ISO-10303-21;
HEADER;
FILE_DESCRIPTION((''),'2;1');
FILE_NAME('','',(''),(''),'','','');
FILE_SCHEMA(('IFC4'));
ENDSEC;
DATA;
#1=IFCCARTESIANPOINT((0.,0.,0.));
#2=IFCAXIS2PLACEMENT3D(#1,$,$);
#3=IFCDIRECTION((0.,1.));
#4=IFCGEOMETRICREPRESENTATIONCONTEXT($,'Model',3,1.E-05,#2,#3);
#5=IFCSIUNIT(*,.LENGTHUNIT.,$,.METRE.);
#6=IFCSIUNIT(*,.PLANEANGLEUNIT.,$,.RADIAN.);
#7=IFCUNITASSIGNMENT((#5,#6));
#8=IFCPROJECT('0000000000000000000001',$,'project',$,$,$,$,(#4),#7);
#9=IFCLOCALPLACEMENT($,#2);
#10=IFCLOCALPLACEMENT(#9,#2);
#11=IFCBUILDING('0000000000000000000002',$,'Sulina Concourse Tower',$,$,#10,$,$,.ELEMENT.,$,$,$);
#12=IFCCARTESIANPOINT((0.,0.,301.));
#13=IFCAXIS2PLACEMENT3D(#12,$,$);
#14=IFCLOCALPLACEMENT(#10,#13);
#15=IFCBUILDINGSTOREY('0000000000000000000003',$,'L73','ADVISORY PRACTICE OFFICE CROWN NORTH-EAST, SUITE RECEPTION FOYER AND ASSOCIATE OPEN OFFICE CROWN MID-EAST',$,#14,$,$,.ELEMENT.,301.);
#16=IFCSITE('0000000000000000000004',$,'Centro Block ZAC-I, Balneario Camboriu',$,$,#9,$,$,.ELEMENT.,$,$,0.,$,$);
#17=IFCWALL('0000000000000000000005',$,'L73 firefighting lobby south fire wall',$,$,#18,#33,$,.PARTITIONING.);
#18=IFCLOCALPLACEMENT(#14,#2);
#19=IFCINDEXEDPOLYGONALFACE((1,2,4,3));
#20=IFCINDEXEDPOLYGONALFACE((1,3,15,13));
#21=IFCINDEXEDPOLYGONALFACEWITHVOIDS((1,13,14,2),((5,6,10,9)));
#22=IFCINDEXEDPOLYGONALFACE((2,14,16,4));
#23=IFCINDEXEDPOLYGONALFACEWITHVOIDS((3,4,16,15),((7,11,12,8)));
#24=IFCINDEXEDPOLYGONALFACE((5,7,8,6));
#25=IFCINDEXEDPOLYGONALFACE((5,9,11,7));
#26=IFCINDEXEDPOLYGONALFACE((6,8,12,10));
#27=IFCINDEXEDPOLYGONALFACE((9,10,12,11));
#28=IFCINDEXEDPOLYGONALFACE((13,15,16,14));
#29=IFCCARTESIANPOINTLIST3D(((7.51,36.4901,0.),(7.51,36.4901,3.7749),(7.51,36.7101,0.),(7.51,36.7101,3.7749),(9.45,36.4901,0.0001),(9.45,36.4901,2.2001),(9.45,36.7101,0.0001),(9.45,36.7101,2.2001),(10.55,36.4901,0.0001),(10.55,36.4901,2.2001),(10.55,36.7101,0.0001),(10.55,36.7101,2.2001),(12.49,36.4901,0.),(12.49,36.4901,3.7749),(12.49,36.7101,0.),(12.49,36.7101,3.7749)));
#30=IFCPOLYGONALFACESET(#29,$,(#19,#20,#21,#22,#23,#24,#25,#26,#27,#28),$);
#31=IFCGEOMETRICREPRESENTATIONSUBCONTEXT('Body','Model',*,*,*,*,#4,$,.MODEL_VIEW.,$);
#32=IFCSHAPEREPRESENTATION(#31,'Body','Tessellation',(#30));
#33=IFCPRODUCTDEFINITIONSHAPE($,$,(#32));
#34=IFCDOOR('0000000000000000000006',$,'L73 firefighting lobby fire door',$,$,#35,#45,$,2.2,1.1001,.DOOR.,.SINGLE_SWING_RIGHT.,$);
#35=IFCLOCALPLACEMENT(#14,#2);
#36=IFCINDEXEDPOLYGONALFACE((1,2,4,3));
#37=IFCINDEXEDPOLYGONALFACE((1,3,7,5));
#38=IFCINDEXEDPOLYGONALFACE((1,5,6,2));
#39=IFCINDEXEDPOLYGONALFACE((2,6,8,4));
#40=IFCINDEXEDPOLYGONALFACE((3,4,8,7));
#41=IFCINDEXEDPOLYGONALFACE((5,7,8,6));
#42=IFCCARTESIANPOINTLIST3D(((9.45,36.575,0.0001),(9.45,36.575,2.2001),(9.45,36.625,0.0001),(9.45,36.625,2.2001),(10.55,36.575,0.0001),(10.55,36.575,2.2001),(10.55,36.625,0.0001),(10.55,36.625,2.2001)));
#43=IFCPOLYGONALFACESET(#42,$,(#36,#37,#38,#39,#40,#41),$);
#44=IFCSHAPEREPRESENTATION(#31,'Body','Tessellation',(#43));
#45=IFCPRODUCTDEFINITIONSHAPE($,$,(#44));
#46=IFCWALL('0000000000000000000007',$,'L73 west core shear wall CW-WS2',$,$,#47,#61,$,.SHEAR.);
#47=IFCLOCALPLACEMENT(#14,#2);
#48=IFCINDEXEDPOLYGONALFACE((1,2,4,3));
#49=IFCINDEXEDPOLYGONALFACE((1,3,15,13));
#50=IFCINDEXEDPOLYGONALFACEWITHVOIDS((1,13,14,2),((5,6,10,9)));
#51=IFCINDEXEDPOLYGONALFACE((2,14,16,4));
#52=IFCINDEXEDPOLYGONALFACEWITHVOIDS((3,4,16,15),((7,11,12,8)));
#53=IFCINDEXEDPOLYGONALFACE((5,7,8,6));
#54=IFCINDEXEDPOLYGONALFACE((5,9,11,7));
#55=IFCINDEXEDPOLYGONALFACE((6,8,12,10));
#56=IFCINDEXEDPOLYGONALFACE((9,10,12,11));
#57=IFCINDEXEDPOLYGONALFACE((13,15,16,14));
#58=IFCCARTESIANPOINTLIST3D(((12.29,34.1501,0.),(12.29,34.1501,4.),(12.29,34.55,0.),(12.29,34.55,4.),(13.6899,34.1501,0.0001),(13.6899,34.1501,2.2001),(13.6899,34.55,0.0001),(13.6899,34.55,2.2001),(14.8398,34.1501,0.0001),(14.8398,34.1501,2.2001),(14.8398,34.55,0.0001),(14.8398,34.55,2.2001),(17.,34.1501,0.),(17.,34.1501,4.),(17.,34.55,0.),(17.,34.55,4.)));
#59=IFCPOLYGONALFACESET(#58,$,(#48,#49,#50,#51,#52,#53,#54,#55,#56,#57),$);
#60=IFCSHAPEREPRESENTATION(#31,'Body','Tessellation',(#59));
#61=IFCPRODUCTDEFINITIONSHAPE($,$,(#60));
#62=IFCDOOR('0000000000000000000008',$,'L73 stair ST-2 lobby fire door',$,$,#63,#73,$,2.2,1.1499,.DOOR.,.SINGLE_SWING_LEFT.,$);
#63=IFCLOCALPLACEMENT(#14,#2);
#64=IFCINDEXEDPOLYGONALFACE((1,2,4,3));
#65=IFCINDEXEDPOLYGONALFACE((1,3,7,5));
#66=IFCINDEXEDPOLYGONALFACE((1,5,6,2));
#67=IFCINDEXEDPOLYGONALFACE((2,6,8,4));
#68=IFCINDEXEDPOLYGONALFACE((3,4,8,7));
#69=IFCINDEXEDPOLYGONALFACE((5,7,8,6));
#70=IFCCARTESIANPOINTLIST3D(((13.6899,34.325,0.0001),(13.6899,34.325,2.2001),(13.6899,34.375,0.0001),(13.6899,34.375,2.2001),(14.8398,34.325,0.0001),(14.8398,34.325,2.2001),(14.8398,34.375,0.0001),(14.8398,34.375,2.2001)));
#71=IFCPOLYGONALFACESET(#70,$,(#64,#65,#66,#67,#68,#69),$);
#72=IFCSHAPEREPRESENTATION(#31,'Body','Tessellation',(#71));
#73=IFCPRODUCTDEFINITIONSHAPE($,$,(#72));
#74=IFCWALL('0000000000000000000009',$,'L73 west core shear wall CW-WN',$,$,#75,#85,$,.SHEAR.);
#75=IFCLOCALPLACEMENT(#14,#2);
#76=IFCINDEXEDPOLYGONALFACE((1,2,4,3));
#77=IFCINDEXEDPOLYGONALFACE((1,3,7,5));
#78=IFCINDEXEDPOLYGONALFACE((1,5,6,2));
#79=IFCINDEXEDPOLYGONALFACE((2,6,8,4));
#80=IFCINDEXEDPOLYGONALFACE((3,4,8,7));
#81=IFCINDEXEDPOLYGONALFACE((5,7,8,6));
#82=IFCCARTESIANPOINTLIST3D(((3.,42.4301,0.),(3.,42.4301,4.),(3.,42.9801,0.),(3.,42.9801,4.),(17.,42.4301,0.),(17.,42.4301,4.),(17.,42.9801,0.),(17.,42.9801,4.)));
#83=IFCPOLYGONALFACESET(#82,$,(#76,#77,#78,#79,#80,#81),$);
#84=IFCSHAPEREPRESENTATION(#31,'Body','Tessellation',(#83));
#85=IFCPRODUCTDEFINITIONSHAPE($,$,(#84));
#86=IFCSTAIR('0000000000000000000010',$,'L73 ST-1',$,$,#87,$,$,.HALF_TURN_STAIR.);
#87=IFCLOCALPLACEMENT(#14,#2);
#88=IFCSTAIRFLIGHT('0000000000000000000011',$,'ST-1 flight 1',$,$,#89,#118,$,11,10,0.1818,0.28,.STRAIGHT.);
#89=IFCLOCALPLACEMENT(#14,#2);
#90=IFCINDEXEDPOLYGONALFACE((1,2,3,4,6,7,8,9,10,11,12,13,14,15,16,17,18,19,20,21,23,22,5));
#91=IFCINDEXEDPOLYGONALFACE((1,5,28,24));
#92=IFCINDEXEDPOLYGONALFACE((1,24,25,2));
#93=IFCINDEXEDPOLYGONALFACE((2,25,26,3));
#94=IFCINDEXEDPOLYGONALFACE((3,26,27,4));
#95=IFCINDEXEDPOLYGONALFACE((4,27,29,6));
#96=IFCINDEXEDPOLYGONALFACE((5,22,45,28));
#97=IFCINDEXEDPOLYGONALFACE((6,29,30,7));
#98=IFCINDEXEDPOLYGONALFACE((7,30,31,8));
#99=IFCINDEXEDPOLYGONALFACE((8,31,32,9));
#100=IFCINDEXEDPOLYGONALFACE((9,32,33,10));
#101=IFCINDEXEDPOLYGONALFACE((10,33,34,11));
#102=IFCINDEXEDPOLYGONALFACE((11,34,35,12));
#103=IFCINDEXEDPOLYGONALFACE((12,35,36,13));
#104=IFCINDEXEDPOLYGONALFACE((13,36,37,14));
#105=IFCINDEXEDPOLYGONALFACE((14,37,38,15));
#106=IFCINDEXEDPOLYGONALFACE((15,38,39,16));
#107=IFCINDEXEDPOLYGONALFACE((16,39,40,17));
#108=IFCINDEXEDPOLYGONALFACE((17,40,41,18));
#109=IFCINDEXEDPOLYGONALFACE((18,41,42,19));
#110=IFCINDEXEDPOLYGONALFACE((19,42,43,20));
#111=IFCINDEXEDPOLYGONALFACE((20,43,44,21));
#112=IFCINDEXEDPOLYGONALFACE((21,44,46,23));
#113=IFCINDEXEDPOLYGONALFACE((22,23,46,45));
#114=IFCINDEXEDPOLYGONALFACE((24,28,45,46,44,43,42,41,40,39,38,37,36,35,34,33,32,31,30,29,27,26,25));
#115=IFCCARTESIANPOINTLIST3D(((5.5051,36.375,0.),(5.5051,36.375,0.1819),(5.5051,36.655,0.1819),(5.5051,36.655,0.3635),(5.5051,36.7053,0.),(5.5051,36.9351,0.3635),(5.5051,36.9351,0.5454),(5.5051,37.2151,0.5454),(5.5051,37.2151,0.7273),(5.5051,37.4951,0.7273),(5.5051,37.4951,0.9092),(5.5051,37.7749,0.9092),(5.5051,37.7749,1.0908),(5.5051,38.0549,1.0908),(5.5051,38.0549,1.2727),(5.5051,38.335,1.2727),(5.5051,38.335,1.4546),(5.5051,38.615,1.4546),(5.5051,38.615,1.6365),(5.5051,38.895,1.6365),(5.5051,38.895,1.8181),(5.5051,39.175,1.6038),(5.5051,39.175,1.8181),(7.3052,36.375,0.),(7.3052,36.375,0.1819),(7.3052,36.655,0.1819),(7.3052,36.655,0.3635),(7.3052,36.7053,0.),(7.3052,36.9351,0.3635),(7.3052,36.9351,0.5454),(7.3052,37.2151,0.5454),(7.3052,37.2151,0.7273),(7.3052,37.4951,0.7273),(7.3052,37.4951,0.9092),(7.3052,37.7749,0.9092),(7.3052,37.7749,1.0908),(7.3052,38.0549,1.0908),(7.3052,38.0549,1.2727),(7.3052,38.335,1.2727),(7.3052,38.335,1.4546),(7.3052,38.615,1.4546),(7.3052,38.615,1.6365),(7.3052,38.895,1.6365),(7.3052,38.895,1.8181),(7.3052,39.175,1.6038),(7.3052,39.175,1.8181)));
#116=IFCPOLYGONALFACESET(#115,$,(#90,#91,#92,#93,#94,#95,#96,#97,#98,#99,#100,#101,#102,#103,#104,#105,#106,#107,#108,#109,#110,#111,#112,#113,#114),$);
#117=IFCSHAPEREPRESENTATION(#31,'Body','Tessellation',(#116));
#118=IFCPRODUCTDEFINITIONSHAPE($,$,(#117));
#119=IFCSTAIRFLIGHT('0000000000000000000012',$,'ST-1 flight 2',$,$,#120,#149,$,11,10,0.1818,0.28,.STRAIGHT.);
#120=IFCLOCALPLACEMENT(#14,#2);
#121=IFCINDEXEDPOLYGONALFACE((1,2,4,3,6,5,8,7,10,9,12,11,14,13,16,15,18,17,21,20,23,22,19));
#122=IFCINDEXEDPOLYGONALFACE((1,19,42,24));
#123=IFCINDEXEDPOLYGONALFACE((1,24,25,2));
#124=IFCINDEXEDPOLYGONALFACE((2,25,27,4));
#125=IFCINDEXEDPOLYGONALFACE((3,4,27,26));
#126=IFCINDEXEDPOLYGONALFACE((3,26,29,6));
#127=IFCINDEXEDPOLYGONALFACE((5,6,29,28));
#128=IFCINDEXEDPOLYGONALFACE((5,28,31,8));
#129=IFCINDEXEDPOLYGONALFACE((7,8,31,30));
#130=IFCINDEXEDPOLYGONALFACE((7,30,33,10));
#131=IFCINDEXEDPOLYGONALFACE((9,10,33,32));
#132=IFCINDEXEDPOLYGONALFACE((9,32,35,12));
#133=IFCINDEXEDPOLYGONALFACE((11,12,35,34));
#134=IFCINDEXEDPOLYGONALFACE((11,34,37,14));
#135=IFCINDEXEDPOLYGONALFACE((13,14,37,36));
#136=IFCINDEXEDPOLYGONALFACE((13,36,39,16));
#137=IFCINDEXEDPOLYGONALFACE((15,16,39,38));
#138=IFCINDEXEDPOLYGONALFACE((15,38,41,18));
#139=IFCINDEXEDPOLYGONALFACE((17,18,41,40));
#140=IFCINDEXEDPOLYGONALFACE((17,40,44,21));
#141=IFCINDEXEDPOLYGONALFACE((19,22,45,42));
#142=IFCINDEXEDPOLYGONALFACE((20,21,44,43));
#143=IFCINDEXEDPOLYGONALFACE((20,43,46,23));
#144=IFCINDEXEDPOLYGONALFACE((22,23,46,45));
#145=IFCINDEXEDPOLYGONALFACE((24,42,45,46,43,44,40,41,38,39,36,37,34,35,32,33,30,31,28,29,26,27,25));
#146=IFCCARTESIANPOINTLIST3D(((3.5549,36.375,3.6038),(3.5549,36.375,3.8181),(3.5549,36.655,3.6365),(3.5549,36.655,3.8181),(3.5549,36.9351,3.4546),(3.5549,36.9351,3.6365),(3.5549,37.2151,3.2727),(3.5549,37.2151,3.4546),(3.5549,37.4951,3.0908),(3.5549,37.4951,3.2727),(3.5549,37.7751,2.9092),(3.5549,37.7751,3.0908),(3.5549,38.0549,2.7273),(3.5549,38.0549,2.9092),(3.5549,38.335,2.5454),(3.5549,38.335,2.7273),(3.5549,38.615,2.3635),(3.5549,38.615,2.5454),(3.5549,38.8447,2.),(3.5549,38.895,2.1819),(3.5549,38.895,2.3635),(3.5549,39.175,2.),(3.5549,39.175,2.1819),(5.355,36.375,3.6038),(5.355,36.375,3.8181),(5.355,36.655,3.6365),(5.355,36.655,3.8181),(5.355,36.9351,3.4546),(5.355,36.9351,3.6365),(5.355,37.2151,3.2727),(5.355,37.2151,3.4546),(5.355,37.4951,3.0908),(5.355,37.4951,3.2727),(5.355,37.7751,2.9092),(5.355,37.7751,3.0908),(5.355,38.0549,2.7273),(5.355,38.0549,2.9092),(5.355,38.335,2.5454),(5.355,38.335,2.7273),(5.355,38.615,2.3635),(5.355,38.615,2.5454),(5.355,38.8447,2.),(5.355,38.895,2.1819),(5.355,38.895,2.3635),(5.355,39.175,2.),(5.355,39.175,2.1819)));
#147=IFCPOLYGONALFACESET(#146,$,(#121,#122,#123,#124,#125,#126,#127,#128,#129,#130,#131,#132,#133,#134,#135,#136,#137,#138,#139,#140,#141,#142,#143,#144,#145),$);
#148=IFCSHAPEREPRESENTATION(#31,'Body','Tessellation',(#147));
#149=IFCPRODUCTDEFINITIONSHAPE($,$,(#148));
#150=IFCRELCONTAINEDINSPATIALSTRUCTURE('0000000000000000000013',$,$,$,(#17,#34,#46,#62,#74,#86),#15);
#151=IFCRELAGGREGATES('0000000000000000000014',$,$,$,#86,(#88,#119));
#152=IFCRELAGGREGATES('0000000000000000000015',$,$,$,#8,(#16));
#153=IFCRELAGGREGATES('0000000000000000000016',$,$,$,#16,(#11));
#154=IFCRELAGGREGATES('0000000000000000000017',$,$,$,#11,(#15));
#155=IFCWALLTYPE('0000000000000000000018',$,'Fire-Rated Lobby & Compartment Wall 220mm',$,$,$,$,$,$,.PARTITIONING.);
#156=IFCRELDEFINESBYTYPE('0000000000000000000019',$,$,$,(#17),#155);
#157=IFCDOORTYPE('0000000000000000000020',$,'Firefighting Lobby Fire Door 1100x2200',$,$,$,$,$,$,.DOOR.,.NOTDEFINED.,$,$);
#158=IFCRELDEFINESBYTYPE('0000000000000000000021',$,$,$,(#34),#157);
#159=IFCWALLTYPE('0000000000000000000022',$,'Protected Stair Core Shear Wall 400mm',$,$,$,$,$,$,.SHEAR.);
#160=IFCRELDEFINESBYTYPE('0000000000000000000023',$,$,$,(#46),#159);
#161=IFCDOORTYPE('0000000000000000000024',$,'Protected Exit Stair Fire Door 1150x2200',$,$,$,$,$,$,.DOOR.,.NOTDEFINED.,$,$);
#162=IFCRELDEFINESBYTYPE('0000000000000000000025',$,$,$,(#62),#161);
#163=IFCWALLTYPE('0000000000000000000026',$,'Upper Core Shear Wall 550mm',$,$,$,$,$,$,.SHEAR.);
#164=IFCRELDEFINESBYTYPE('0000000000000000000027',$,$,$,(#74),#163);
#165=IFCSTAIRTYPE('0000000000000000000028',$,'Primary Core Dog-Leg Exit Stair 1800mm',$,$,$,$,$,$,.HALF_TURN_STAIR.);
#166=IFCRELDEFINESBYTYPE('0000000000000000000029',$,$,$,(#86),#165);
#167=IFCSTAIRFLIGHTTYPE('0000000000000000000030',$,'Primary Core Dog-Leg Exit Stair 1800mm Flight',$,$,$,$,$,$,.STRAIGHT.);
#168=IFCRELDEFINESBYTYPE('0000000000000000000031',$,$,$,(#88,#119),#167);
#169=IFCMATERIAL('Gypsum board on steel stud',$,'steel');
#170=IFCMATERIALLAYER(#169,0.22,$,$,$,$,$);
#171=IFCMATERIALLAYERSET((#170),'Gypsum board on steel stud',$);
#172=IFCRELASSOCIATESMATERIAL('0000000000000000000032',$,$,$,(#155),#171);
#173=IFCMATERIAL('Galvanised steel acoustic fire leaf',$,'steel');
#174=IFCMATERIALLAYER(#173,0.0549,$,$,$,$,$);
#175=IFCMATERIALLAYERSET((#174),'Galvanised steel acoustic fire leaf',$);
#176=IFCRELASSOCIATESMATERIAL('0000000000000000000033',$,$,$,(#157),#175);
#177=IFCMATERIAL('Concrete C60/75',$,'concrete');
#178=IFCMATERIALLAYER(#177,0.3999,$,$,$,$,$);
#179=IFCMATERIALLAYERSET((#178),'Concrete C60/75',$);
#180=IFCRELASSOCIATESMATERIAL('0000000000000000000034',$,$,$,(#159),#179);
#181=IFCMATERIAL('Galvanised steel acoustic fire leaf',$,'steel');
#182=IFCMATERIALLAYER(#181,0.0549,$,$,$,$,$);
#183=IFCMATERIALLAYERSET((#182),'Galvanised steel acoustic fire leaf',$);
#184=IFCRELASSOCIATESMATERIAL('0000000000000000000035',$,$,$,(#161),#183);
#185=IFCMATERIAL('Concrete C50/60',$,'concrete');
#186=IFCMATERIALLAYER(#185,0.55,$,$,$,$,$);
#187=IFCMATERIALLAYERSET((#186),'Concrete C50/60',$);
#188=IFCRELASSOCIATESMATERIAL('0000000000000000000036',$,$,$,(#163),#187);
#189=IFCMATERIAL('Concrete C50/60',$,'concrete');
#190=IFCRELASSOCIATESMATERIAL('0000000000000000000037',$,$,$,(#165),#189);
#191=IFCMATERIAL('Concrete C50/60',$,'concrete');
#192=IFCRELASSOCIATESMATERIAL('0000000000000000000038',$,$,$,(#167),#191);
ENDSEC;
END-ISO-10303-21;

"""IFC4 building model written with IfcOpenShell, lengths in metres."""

from ifc_helpers import new_model, si_unit, direction, frame, frame_2d, origin, place, context, subcontext, project, spatial, polyline, rectangle, outline, extrude, material, layer, layer_set, type_object, element, fill, aggregate, save


model = new_model("IFC4")

# Units and contexts
model_context = context("Model", 3, precision=1e-05, world=origin(), true_north=direction((0.0, 1.0)))
body_context = subcontext(model_context, "Body", "Model", "MODEL_VIEW")
ifc_project = project(units=[si_unit("LENGTHUNIT", "METRE"), si_unit("PLANEANGLEUNIT", "RADIAN")], contexts=[model_context])

# Site, building, storey
site_placement = place(None, origin())
site = spatial("IfcSite", under=ifc_project, at=site_placement, Name="Centro Block ZAC-I, Balneario Camboriu", CompositionType="ELEMENT", RefElevation=0.0)
building_placement = place(site_placement, origin())
building = spatial("IfcBuilding", under=site, at=building_placement, Name="Sulina Concourse Tower", CompositionType="ELEMENT")
storey_placement = place(building_placement, frame((0.0, 0.0, 301.0)))
storey = spatial("IfcBuildingStorey", under=building, at=storey_placement, Name="L73", Description="ADVISORY PRACTICE OFFICE CROWN NORTH-EAST, SUITE RECEPTION FOYER AND ASSOCIATE OPEN OFFICE CROWN MID-EAST", CompositionType="ELEMENT", Elevation=301.0)

# Walls, openings, doors
ifc_material_1 = material(Name="Gypsum board on steel stud", Category="steel")
ifc_layer_1 = layer(ifc_material_1, 0.22)
ifc_layer_set_1 = layer_set([ifc_layer_1], Name="Gypsum board on steel stud")
wall_type_1 = type_object("IfcWallType", Name="Fire-Rated Lobby & Compartment Wall 220mm", PredefinedType="PARTITIONING", material=ifc_layer_set_1)
wall_1_placement = place(storey_placement, frame((7.51, 36.6001, 0.0), z_axis=(0.0, 0.0, 1.0), x_axis=(1.0, 0.0, 0.0)))
wall_1 = element("IfcWall", 1, at=wall_1_placement, inside=storey, type_object=wall_type_1, Name="L73 firefighting lobby south fire wall", PredefinedType="PARTITIONING", context=body_context, shape_type="SweptSolid", body=[
    extrude(rectangle(XDim=4.98, YDim=0.22, at=frame_2d((2.49, 0.0))), origin(), (0.0, 0.0, 1.0), 3.7749),
])
opening_1_placement = place(wall_1_placement, frame((1.9399, 0.0, 0.0)))
opening_1 = element("IfcOpeningElement", 2, at=opening_1_placement, cuts=wall_1, PredefinedType="OPENING", context=body_context, shape_type="SweptSolid", body=[
    extrude(rectangle(XDim=1.1001, YDim=2.2, at=frame_2d((0.55, 1.1001))), frame((0.0, 0.1199, 0.0), z_axis=(0.0, -1.0, 0.0), x_axis=(1.0, 0.0, 0.0)), (0.0, 0.0, 1.0), 0.24),
])
ifc_material_2 = material(Name="Galvanised steel acoustic fire leaf", Category="steel")
ifc_layer_2 = layer(ifc_material_2, 0.0549)
ifc_layer_set_2 = layer_set([ifc_layer_2], Name="Galvanised steel acoustic fire leaf")
door_type_1 = type_object("IfcDoorType", Name="Firefighting Lobby Fire Door 1100x2200", OperationType="NOTDEFINED", PredefinedType="DOOR", material=ifc_layer_set_2)
door_1_placement = place(opening_1_placement, origin())
door_1 = element("IfcDoor", 3, at=door_1_placement, inside=storey, type_object=door_type_1, Name="L73 firefighting lobby fire door", OperationType="SINGLE_SWING_RIGHT", OverallHeight=2.2, OverallWidth=1.1001, PredefinedType="DOOR", context=body_context, shape_type="SweptSolid", body=[
    extrude(rectangle(XDim=1.1001, YDim=2.2, at=frame_2d((0.55, 1.1001))), frame((0.0, 0.0249, 0.0), z_axis=(0.0, -1.0, 0.0), x_axis=(1.0, 0.0, 0.0)), (0.0, 0.0, 1.0), 0.05),
])
fill(opening_1, door_1)
ifc_material_3 = material(Name="Concrete C60/75", Category="concrete")
ifc_layer_3 = layer(ifc_material_3, 0.3999)
ifc_layer_set_3 = layer_set([ifc_layer_3], Name="Concrete C60/75")
wall_type_2 = type_object("IfcWallType", Name="Protected Stair Core Shear Wall 400mm", PredefinedType="SHEAR", material=ifc_layer_set_3)
wall_2_placement = place(storey_placement, frame((12.29, 34.3501, 0.0), z_axis=(0.0, 0.0, 1.0), x_axis=(1.0, 0.0, 0.0)))
wall_2 = element("IfcWall", 4, at=wall_2_placement, inside=storey, type_object=wall_type_2, Name="L73 west core shear wall CW-WS2", PredefinedType="SHEAR", context=body_context, shape_type="SweptSolid", body=[
    extrude(rectangle(XDim=4.71, YDim=0.3999, at=frame_2d((2.355, 0.0))), origin(), (0.0, 0.0, 1.0), 4.0),
])
opening_2_placement = place(wall_2_placement, frame((1.3999, 0.0, 0.0)))
opening_2 = element("IfcOpeningElement", 5, at=opening_2_placement, cuts=wall_2, PredefinedType="OPENING", context=body_context, shape_type="SweptSolid", body=[
    extrude(rectangle(XDim=1.1499, YDim=2.2, at=frame_2d((0.575, 1.1001))), frame((0.0, 0.21, 0.0), z_axis=(0.0, -1.0, 0.0), x_axis=(1.0, 0.0, 0.0)), (0.0, 0.0, 1.0), 0.4199),
])
ifc_material_4 = material(Name="Galvanised steel acoustic fire leaf", Category="steel")
ifc_layer_4 = layer(ifc_material_4, 0.0549)
ifc_layer_set_4 = layer_set([ifc_layer_4], Name="Galvanised steel acoustic fire leaf")
door_type_2 = type_object("IfcDoorType", Name="Protected Exit Stair Fire Door 1150x2200", OperationType="NOTDEFINED", PredefinedType="DOOR", material=ifc_layer_set_4)
door_2_placement = place(opening_2_placement, origin())
door_2 = element("IfcDoor", 6, at=door_2_placement, inside=storey, type_object=door_type_2, Name="L73 stair ST-2 lobby fire door", OperationType="SINGLE_SWING_LEFT", OverallHeight=2.2, OverallWidth=1.1499, PredefinedType="DOOR", context=body_context, shape_type="SweptSolid", body=[
    extrude(rectangle(XDim=1.1499, YDim=2.2, at=frame_2d((0.575, 1.1001))), frame((0.0, 0.0249, 0.0), z_axis=(0.0, -1.0, 0.0), x_axis=(1.0, 0.0, 0.0)), (0.0, 0.0, 1.0), 0.05),
])
fill(opening_2, door_2)

# Wall
ifc_material_5 = material(Name="Concrete C50/60", Category="concrete")
ifc_layer_5 = layer(ifc_material_5, 0.55)
ifc_layer_set_5 = layer_set([ifc_layer_5], Name="Concrete C50/60")
wall_type_3 = type_object("IfcWallType", Name="Upper Core Shear Wall 550mm", PredefinedType="SHEAR", material=ifc_layer_set_5)
wall_3_placement = place(storey_placement, frame((3.0, 42.7051, 0.0), z_axis=(0.0, 0.0, 1.0), x_axis=(1.0, 0.0, 0.0)))
element("IfcWall", 7, at=wall_3_placement, inside=storey, type_object=wall_type_3, Name="L73 west core shear wall CW-WN", PredefinedType="SHEAR", context=body_context, shape_type="SweptSolid", body=[
    extrude(rectangle(XDim=14.0, YDim=0.55, at=frame_2d((7.0, 0.0))), origin(), (0.0, 0.0, 1.0), 4.0),
])

# Stair, stair flights
ifc_material_6 = material(Name="Concrete C50/60", Category="concrete")
stair_type = type_object("IfcStairType", Name="Primary Core Dog-Leg Exit Stair 1800mm", PredefinedType="HALF_TURN_STAIR", material=ifc_material_6)
stair_placement = place(storey_placement, origin())
stair = element("IfcStair", 8, at=stair_placement, inside=storey, type_object=stair_type, Name="L73 ST-1", PredefinedType="HALF_TURN_STAIR")
ifc_material_7 = material(Name="Concrete C50/60", Category="concrete")
stair_flight_type = type_object("IfcStairFlightType", Name="Primary Core Dog-Leg Exit Stair 1800mm Flight", PredefinedType="STRAIGHT", material=ifc_material_7)
stair_flight_1_placement = place(storey_placement, frame((6.405, 36.375, 0.0), z_axis=(0.0, 0.0, 1.0), x_axis=(0.0, 1.0, 0.0)))
stair_flight_1 = element("IfcStairFlight", 9, at=stair_flight_1_placement, type_object=stair_flight_type, Name="ST-1 flight 1", NumberOfRisers=11, NumberOfTreads=10, PredefinedType="STRAIGHT", RiserHeight=0.1818, TreadLength=0.28, context=body_context, shape_type="SweptSolid", body=[
    extrude(outline(polyline([(0.0, 0.0), (0.0, 0.1819), (0.28, 0.1819), (0.28, 0.3635), (0.5601, 0.3635), (0.5601, 0.5454), (0.8401, 0.5454), (0.8401, 0.7273), (1.1201, 0.7273), (1.1201, 0.9092), (1.3999, 0.9092), (1.3999, 1.0908), (1.6799, 1.0908), (1.6799, 1.2727), (1.96, 1.2727), (1.96, 1.4546), (2.24, 1.4546), (2.24, 1.6365), (2.52, 1.6365), (2.52, 1.8181), (2.8, 1.8181), (2.8, 2.0), (2.8, 1.6038), (0.3303, 0.0), (0.0, 0.0)])), frame((0.0, 0.8999, 0.0), z_axis=(0.0, -1.0, 0.0), x_axis=(1.0, 0.0, 0.0)), (0.0, 0.0, 1.0), 1.8),
])
stair_flight_2_placement = place(storey_placement, frame((4.4551, 39.175, 2.0), z_axis=(0.0, 0.0, 1.0), x_axis=(0.0, -1.0, 0.0)))
stair_flight_2 = element("IfcStairFlight", 10, at=stair_flight_2_placement, type_object=stair_flight_type, Name="ST-1 flight 2", NumberOfRisers=11, NumberOfTreads=10, PredefinedType="STRAIGHT", RiserHeight=0.1818, TreadLength=0.28, context=body_context, shape_type="SweptSolid", body=[
    extrude(outline(polyline([(0.0, 0.0), (0.0, 0.1819), (0.28, 0.1819), (0.28, 0.3635), (0.5601, 0.3635), (0.5601, 0.5454), (0.8401, 0.5454), (0.8401, 0.7273), (1.1201, 0.7273), (1.1201, 0.9092), (1.3999, 0.9092), (1.3999, 1.0908), (1.6799, 1.0908), (1.6799, 1.2727), (1.96, 1.2727), (1.96, 1.4546), (2.24, 1.4546), (2.24, 1.6365), (2.52, 1.6365), (2.52, 1.8181), (2.8, 1.8181), (2.8, 2.0), (2.8, 1.6038), (0.3303, 0.0), (0.0, 0.0)])), frame((0.0, 0.8999, 0.0), z_axis=(0.0, -1.0, 0.0), x_axis=(1.0, 0.0, 0.0)), (0.0, 0.0, 1.0), 1.8),
])
aggregate(stair, [stair_flight_1, stair_flight_2])

save(model, "model.ifc")
